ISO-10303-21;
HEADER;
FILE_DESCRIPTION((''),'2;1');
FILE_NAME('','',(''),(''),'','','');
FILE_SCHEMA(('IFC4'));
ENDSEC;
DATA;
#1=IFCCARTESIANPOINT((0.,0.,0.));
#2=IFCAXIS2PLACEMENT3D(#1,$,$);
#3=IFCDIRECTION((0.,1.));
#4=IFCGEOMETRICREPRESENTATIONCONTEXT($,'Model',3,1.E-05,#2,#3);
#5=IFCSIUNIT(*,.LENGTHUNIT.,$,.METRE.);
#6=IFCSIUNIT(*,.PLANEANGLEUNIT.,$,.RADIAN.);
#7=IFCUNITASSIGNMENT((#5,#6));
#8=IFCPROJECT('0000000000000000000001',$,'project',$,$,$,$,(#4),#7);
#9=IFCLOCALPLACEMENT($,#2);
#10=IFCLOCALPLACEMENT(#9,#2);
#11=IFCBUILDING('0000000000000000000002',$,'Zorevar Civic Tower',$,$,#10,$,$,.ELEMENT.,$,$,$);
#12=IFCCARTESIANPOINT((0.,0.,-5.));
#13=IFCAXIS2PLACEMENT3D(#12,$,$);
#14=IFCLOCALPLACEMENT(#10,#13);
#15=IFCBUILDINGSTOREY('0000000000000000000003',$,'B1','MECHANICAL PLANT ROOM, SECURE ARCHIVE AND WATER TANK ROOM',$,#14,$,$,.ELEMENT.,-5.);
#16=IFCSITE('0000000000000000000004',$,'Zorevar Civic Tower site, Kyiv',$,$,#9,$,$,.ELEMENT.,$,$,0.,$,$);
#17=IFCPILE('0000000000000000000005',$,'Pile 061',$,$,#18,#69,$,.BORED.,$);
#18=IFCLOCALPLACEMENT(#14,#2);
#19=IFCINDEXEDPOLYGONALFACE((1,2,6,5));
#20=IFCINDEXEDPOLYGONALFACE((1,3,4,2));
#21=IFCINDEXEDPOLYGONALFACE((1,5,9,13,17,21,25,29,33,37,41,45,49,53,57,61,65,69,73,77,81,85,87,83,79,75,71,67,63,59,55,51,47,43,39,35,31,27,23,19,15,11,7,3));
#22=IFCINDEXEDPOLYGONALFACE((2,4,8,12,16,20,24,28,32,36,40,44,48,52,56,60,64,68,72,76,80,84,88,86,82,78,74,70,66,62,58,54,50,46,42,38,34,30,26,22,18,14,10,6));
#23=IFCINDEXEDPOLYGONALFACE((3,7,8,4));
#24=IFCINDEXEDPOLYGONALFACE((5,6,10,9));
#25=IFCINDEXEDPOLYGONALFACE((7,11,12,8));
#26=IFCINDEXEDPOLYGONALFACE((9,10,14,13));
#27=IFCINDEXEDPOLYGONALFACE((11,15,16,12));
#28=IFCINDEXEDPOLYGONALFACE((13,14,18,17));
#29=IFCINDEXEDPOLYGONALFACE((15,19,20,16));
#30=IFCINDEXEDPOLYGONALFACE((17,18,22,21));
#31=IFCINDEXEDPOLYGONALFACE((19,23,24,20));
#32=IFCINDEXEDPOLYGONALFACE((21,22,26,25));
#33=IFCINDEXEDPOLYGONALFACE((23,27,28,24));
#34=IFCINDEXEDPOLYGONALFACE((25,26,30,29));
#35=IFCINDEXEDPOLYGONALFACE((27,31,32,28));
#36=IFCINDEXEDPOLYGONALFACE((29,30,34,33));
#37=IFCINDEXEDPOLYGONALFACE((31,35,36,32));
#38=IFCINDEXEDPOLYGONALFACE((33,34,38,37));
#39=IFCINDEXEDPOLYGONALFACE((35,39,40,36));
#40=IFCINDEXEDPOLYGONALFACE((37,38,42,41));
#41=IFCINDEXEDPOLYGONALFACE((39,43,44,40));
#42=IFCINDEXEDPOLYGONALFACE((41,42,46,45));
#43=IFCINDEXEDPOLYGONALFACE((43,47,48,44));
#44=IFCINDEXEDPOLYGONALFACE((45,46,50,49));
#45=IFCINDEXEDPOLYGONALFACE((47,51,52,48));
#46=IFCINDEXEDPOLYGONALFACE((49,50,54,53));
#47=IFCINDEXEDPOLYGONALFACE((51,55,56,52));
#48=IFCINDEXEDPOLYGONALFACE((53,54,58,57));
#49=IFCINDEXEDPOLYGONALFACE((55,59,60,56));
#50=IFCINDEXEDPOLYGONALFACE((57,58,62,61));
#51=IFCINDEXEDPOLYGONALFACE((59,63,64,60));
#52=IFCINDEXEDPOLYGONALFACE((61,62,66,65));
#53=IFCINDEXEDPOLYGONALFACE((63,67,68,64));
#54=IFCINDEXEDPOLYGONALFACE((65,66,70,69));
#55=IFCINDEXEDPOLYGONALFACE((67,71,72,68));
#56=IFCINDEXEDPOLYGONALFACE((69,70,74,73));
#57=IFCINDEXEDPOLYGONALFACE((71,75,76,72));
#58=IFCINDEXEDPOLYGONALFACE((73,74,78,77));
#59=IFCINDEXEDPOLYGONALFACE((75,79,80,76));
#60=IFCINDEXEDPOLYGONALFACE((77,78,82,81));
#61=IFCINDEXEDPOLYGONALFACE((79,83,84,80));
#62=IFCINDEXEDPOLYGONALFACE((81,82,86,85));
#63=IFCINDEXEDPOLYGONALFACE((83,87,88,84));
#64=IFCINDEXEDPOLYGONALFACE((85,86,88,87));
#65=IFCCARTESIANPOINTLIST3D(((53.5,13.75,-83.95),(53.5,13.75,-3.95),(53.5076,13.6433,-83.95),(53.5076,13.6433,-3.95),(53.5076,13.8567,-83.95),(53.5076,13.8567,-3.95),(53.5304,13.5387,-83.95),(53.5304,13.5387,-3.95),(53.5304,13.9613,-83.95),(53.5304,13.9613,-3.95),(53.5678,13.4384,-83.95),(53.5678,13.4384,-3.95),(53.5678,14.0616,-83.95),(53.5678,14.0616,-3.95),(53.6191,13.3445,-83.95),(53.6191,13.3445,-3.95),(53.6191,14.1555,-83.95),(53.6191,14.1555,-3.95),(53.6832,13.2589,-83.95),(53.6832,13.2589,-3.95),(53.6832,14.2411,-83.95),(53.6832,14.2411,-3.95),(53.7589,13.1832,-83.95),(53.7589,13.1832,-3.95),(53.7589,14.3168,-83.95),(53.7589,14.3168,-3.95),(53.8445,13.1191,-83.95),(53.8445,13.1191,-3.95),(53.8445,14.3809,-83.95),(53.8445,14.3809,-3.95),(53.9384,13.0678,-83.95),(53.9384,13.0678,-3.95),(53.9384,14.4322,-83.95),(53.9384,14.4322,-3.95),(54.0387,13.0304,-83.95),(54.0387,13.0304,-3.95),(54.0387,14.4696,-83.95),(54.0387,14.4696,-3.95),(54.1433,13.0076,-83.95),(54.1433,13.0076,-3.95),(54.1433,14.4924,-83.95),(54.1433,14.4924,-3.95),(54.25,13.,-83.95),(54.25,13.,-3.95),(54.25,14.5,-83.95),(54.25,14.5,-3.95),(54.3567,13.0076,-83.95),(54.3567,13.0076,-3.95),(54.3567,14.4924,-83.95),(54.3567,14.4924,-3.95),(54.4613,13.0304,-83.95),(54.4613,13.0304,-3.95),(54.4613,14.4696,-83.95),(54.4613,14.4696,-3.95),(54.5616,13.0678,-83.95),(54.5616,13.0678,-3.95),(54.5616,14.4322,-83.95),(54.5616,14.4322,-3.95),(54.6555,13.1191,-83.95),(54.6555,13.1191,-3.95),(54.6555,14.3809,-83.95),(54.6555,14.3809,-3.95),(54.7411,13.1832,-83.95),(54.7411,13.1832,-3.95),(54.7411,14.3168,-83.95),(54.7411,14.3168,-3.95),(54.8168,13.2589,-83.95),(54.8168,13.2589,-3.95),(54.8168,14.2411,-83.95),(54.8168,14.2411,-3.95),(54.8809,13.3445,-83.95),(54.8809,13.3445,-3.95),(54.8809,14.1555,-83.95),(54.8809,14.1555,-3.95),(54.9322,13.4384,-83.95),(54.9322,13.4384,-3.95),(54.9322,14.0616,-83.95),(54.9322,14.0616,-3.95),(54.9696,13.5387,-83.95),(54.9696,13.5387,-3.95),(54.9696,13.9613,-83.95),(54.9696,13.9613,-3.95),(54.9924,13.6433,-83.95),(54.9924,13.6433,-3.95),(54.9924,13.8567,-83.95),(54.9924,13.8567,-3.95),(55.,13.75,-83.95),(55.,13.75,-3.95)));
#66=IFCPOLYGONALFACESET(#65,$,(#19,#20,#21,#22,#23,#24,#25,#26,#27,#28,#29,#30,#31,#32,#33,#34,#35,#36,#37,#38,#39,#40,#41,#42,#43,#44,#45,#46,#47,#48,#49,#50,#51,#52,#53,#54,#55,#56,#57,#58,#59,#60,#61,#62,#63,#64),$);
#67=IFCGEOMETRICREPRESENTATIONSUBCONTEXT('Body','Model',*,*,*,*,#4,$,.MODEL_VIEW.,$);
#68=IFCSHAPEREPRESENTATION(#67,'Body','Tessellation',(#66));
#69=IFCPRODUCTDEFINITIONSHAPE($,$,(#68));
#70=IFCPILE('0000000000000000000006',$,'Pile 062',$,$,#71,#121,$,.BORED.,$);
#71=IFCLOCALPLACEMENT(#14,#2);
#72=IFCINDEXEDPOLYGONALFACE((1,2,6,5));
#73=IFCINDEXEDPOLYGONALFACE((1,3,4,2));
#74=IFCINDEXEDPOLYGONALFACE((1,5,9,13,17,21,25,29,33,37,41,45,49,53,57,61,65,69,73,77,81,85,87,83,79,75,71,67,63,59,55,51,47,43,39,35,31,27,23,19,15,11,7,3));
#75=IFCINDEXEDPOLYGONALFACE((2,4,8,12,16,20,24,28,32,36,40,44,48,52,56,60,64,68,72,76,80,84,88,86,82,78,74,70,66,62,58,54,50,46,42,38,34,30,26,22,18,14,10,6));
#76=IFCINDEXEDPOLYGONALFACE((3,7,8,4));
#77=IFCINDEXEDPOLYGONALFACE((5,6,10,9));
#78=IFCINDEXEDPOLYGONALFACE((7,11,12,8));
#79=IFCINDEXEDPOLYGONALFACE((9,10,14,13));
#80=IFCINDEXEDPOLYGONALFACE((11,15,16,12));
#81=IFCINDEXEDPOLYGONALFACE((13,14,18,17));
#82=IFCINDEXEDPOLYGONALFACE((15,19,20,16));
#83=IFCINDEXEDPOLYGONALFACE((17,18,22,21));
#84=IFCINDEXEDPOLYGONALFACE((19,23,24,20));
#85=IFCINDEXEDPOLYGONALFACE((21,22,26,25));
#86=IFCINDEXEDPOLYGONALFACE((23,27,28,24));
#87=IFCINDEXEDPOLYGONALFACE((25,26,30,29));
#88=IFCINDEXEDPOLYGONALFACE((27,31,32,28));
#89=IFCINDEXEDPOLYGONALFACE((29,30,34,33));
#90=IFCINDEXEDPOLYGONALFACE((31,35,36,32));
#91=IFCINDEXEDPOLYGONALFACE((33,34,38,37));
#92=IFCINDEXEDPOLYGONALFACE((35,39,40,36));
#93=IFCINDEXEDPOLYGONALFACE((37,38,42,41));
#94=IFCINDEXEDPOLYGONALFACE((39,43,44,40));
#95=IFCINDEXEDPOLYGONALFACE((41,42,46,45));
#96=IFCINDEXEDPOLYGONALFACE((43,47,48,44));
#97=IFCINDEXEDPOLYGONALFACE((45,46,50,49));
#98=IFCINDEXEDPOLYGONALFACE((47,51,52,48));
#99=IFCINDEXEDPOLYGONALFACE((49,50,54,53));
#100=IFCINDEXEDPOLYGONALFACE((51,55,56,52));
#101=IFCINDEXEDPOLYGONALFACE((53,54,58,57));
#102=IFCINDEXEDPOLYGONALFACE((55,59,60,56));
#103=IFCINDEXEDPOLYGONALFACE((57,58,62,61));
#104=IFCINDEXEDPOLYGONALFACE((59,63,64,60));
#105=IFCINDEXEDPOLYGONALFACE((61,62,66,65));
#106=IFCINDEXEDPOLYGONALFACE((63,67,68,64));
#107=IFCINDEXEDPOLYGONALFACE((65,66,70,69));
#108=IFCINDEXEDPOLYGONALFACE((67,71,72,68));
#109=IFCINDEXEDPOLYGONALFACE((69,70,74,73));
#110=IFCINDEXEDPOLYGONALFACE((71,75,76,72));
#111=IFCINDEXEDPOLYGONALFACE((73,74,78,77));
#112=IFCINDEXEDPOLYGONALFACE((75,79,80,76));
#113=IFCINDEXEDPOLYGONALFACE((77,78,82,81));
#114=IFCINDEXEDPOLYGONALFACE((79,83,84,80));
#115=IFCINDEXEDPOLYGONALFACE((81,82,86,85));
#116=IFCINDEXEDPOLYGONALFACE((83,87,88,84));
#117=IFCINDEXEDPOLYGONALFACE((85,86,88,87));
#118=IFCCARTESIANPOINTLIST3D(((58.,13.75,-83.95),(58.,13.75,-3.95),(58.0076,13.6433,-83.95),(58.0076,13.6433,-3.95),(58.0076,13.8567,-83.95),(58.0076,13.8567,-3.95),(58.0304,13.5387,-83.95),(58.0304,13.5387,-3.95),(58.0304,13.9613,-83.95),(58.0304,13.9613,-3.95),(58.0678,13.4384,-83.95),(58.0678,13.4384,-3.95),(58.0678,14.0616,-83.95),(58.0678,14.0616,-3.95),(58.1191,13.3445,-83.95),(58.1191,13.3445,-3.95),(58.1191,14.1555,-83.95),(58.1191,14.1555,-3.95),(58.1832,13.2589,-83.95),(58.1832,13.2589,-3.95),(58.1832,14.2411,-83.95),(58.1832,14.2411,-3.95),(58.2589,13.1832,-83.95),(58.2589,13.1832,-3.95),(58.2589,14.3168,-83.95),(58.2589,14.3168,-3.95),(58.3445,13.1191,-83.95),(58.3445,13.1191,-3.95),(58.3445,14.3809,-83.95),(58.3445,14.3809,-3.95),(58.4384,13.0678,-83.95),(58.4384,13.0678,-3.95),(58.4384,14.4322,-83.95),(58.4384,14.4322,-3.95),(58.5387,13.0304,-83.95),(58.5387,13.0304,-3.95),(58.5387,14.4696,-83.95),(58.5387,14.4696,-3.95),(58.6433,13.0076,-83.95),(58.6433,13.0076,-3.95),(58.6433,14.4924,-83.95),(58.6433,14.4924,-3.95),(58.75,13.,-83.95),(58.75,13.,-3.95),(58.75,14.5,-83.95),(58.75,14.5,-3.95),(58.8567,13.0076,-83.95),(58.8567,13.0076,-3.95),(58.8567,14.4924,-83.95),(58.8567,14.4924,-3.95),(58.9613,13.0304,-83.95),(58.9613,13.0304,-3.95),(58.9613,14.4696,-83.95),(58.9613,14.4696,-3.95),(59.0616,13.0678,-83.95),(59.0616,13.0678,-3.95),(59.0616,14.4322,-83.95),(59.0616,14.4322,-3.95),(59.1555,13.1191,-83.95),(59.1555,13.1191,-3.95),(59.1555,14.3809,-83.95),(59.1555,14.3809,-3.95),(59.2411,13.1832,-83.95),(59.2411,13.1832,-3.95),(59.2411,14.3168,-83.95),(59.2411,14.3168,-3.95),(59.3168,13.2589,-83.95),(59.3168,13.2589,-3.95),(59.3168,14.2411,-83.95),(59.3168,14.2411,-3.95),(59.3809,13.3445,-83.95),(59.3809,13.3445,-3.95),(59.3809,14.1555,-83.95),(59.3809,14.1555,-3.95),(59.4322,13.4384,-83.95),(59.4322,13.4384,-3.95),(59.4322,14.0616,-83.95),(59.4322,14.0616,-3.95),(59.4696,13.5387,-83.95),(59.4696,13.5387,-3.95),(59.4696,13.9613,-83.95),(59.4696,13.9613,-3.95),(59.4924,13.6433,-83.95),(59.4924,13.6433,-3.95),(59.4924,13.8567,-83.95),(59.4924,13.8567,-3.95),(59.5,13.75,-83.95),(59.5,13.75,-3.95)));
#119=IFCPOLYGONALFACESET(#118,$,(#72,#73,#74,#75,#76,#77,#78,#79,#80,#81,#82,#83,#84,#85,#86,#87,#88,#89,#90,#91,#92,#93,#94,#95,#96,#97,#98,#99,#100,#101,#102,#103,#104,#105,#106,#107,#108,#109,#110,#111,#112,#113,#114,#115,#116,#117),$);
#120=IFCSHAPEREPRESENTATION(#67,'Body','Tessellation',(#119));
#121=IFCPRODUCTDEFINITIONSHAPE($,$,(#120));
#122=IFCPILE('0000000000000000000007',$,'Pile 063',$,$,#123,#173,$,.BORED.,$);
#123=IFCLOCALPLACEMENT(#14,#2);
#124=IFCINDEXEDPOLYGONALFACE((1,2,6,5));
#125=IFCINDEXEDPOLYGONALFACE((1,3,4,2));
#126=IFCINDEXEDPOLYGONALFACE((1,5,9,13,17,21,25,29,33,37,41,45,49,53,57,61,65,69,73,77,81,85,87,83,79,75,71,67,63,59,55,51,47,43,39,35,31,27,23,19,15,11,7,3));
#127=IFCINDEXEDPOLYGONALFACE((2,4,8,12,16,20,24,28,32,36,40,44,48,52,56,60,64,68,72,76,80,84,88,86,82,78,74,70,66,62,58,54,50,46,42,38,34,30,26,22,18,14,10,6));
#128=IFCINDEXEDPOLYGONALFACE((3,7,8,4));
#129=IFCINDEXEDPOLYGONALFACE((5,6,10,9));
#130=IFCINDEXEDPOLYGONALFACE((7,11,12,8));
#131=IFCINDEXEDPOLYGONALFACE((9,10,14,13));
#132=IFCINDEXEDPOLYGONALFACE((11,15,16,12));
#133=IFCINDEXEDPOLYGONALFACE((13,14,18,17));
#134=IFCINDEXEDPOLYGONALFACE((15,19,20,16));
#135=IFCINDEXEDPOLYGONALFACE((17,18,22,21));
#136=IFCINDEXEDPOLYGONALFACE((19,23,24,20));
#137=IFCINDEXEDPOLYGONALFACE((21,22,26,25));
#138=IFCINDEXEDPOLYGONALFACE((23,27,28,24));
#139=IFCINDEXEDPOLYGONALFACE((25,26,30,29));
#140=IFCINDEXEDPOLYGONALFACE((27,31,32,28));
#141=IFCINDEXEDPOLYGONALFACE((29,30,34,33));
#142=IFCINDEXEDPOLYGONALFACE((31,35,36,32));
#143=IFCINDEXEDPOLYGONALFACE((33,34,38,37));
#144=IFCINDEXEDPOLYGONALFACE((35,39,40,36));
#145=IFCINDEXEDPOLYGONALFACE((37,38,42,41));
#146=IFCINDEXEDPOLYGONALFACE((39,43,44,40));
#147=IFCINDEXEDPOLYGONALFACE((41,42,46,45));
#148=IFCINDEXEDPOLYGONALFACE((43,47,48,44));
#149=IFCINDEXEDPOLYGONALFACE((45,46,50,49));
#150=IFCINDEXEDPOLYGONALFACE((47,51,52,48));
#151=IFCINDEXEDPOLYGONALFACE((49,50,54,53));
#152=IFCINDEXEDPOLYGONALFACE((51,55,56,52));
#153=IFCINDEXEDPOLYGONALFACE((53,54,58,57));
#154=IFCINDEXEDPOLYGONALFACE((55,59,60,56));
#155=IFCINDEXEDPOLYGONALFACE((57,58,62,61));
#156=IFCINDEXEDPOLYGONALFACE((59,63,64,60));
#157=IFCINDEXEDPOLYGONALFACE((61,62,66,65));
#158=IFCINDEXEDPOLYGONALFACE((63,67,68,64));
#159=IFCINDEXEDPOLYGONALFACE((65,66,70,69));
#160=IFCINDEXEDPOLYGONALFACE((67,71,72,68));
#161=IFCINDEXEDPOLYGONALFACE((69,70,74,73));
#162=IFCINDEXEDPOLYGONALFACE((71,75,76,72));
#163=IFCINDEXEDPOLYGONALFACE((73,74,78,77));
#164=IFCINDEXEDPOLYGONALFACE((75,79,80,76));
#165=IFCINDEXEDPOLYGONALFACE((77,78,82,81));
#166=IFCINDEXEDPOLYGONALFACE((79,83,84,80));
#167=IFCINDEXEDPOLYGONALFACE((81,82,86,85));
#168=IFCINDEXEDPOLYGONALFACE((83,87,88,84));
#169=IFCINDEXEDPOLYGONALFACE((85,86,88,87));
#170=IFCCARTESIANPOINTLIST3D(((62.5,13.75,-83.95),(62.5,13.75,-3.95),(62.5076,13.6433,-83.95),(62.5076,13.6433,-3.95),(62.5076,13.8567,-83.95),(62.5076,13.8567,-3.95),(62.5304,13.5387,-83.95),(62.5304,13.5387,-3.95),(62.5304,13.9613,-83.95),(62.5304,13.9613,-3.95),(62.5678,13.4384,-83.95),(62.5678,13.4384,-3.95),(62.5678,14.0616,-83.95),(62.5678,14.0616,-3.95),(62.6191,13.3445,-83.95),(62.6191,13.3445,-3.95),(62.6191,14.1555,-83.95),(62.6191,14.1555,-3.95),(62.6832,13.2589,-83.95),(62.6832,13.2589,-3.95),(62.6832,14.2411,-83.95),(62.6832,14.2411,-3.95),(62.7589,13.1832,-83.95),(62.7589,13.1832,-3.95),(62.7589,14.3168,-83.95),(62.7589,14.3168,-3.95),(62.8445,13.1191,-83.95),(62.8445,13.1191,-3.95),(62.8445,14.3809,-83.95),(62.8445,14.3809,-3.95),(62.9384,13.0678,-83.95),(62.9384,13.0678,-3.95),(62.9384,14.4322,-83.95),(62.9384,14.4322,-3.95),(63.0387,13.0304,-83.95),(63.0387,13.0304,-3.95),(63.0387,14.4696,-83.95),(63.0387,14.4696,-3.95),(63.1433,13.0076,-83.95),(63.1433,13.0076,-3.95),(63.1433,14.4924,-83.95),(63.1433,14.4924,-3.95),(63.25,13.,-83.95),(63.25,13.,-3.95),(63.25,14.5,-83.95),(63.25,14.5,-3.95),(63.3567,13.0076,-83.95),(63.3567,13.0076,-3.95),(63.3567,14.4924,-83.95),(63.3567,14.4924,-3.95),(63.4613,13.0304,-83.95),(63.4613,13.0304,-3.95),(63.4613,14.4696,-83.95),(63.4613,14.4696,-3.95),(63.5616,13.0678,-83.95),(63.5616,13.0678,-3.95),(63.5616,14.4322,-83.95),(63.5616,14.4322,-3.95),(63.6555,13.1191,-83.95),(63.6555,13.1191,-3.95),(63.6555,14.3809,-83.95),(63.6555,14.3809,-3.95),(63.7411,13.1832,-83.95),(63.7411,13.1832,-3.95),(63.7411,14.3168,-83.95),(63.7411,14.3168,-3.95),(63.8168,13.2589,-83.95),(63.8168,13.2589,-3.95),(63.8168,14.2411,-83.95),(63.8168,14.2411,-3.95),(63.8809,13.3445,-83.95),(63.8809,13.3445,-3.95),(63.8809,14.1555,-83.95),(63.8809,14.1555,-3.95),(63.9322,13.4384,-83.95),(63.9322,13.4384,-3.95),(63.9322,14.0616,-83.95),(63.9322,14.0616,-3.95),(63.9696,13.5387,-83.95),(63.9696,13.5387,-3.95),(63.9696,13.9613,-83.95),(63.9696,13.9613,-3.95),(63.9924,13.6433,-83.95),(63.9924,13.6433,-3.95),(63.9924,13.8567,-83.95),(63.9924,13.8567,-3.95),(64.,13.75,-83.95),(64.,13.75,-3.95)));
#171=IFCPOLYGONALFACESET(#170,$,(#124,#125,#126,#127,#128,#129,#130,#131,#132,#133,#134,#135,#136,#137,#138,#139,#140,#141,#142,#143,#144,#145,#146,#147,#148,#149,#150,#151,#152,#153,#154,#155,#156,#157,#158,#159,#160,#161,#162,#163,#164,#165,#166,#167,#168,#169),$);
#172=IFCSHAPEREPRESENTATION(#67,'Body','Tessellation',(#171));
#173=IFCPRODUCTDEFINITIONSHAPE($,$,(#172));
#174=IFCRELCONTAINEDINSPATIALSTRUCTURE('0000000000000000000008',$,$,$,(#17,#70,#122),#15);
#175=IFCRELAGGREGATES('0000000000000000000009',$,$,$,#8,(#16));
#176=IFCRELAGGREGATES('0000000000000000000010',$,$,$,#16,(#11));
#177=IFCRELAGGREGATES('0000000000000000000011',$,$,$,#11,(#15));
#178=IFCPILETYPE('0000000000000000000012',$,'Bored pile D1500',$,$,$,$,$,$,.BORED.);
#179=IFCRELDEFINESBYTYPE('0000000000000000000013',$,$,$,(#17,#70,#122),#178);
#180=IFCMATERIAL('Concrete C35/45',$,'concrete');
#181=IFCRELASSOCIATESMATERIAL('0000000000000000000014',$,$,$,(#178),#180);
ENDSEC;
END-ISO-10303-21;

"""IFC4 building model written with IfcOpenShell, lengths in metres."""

from ifc_helpers import new_model, si_unit, direction, frame, origin, origin_2d, place, context, subcontext, project, spatial, circle, extrude, material, type_object, element, save


model = new_model("IFC4")

# Units and contexts
model_context = context("Model", 3, precision=1e-05, world=origin(), true_north=direction((0.0, 1.0)))
body_context = subcontext(model_context, "Body", "Model", "MODEL_VIEW")
ifc_project = project(units=[si_unit("LENGTHUNIT", "METRE"), si_unit("PLANEANGLEUNIT", "RADIAN")], contexts=[model_context])

# Site, building, storey
site_placement = place(None, origin())
site = spatial("IfcSite", under=ifc_project, at=site_placement, Name="Zorevar Civic Tower site, Kyiv", CompositionType="ELEMENT", RefElevation=0.0)
building_placement = place(site_placement, origin())
building = spatial("IfcBuilding", under=site, at=building_placement, Name="Zorevar Civic Tower", CompositionType="ELEMENT")
storey_placement = place(building_placement, frame((0.0, 0.0, -5.0)))
storey = spatial("IfcBuildingStorey", under=building, at=storey_placement, Name="B1", Description="MECHANICAL PLANT ROOM, SECURE ARCHIVE AND WATER TANK ROOM", CompositionType="ELEMENT", Elevation=-5.0)

# Piles
ifc_material_1 = material(Name="Concrete C35/45", Category="concrete")
pile_type_1 = type_object("IfcPileType", Name="Bored pile D1500", PredefinedType="BORED", material=ifc_material_1)
for number, where, z_axis, x_axis, name in (
    (1, (54.25, 13.75, -3.95), (0.0, 0.0, -1.0), (1.0, 0.0, 0.0), "Pile 061"),
    (2, (58.75, 13.75, -3.95), (0.0, 0.0, -1.0), (1.0, 0.0, 0.0), "Pile 062"),
    (3, (63.25, 13.75, -3.95), (0.0, 0.0, -1.0), (1.0, 0.0, 0.0), "Pile 063"),
):
    element("IfcPile", number, at=place(storey_placement, frame(where, z_axis=z_axis, x_axis=x_axis)), inside=storey, type_object=pile_type_1, Name=name, PredefinedType="BORED", context=body_context, shape_type="SweptSolid", body=[
        extrude(circle(Radius=0.75, at=origin_2d()), origin(), (0.0, 0.0, 1.0), 80.0),
    ])

save(model, "model.ifc")
